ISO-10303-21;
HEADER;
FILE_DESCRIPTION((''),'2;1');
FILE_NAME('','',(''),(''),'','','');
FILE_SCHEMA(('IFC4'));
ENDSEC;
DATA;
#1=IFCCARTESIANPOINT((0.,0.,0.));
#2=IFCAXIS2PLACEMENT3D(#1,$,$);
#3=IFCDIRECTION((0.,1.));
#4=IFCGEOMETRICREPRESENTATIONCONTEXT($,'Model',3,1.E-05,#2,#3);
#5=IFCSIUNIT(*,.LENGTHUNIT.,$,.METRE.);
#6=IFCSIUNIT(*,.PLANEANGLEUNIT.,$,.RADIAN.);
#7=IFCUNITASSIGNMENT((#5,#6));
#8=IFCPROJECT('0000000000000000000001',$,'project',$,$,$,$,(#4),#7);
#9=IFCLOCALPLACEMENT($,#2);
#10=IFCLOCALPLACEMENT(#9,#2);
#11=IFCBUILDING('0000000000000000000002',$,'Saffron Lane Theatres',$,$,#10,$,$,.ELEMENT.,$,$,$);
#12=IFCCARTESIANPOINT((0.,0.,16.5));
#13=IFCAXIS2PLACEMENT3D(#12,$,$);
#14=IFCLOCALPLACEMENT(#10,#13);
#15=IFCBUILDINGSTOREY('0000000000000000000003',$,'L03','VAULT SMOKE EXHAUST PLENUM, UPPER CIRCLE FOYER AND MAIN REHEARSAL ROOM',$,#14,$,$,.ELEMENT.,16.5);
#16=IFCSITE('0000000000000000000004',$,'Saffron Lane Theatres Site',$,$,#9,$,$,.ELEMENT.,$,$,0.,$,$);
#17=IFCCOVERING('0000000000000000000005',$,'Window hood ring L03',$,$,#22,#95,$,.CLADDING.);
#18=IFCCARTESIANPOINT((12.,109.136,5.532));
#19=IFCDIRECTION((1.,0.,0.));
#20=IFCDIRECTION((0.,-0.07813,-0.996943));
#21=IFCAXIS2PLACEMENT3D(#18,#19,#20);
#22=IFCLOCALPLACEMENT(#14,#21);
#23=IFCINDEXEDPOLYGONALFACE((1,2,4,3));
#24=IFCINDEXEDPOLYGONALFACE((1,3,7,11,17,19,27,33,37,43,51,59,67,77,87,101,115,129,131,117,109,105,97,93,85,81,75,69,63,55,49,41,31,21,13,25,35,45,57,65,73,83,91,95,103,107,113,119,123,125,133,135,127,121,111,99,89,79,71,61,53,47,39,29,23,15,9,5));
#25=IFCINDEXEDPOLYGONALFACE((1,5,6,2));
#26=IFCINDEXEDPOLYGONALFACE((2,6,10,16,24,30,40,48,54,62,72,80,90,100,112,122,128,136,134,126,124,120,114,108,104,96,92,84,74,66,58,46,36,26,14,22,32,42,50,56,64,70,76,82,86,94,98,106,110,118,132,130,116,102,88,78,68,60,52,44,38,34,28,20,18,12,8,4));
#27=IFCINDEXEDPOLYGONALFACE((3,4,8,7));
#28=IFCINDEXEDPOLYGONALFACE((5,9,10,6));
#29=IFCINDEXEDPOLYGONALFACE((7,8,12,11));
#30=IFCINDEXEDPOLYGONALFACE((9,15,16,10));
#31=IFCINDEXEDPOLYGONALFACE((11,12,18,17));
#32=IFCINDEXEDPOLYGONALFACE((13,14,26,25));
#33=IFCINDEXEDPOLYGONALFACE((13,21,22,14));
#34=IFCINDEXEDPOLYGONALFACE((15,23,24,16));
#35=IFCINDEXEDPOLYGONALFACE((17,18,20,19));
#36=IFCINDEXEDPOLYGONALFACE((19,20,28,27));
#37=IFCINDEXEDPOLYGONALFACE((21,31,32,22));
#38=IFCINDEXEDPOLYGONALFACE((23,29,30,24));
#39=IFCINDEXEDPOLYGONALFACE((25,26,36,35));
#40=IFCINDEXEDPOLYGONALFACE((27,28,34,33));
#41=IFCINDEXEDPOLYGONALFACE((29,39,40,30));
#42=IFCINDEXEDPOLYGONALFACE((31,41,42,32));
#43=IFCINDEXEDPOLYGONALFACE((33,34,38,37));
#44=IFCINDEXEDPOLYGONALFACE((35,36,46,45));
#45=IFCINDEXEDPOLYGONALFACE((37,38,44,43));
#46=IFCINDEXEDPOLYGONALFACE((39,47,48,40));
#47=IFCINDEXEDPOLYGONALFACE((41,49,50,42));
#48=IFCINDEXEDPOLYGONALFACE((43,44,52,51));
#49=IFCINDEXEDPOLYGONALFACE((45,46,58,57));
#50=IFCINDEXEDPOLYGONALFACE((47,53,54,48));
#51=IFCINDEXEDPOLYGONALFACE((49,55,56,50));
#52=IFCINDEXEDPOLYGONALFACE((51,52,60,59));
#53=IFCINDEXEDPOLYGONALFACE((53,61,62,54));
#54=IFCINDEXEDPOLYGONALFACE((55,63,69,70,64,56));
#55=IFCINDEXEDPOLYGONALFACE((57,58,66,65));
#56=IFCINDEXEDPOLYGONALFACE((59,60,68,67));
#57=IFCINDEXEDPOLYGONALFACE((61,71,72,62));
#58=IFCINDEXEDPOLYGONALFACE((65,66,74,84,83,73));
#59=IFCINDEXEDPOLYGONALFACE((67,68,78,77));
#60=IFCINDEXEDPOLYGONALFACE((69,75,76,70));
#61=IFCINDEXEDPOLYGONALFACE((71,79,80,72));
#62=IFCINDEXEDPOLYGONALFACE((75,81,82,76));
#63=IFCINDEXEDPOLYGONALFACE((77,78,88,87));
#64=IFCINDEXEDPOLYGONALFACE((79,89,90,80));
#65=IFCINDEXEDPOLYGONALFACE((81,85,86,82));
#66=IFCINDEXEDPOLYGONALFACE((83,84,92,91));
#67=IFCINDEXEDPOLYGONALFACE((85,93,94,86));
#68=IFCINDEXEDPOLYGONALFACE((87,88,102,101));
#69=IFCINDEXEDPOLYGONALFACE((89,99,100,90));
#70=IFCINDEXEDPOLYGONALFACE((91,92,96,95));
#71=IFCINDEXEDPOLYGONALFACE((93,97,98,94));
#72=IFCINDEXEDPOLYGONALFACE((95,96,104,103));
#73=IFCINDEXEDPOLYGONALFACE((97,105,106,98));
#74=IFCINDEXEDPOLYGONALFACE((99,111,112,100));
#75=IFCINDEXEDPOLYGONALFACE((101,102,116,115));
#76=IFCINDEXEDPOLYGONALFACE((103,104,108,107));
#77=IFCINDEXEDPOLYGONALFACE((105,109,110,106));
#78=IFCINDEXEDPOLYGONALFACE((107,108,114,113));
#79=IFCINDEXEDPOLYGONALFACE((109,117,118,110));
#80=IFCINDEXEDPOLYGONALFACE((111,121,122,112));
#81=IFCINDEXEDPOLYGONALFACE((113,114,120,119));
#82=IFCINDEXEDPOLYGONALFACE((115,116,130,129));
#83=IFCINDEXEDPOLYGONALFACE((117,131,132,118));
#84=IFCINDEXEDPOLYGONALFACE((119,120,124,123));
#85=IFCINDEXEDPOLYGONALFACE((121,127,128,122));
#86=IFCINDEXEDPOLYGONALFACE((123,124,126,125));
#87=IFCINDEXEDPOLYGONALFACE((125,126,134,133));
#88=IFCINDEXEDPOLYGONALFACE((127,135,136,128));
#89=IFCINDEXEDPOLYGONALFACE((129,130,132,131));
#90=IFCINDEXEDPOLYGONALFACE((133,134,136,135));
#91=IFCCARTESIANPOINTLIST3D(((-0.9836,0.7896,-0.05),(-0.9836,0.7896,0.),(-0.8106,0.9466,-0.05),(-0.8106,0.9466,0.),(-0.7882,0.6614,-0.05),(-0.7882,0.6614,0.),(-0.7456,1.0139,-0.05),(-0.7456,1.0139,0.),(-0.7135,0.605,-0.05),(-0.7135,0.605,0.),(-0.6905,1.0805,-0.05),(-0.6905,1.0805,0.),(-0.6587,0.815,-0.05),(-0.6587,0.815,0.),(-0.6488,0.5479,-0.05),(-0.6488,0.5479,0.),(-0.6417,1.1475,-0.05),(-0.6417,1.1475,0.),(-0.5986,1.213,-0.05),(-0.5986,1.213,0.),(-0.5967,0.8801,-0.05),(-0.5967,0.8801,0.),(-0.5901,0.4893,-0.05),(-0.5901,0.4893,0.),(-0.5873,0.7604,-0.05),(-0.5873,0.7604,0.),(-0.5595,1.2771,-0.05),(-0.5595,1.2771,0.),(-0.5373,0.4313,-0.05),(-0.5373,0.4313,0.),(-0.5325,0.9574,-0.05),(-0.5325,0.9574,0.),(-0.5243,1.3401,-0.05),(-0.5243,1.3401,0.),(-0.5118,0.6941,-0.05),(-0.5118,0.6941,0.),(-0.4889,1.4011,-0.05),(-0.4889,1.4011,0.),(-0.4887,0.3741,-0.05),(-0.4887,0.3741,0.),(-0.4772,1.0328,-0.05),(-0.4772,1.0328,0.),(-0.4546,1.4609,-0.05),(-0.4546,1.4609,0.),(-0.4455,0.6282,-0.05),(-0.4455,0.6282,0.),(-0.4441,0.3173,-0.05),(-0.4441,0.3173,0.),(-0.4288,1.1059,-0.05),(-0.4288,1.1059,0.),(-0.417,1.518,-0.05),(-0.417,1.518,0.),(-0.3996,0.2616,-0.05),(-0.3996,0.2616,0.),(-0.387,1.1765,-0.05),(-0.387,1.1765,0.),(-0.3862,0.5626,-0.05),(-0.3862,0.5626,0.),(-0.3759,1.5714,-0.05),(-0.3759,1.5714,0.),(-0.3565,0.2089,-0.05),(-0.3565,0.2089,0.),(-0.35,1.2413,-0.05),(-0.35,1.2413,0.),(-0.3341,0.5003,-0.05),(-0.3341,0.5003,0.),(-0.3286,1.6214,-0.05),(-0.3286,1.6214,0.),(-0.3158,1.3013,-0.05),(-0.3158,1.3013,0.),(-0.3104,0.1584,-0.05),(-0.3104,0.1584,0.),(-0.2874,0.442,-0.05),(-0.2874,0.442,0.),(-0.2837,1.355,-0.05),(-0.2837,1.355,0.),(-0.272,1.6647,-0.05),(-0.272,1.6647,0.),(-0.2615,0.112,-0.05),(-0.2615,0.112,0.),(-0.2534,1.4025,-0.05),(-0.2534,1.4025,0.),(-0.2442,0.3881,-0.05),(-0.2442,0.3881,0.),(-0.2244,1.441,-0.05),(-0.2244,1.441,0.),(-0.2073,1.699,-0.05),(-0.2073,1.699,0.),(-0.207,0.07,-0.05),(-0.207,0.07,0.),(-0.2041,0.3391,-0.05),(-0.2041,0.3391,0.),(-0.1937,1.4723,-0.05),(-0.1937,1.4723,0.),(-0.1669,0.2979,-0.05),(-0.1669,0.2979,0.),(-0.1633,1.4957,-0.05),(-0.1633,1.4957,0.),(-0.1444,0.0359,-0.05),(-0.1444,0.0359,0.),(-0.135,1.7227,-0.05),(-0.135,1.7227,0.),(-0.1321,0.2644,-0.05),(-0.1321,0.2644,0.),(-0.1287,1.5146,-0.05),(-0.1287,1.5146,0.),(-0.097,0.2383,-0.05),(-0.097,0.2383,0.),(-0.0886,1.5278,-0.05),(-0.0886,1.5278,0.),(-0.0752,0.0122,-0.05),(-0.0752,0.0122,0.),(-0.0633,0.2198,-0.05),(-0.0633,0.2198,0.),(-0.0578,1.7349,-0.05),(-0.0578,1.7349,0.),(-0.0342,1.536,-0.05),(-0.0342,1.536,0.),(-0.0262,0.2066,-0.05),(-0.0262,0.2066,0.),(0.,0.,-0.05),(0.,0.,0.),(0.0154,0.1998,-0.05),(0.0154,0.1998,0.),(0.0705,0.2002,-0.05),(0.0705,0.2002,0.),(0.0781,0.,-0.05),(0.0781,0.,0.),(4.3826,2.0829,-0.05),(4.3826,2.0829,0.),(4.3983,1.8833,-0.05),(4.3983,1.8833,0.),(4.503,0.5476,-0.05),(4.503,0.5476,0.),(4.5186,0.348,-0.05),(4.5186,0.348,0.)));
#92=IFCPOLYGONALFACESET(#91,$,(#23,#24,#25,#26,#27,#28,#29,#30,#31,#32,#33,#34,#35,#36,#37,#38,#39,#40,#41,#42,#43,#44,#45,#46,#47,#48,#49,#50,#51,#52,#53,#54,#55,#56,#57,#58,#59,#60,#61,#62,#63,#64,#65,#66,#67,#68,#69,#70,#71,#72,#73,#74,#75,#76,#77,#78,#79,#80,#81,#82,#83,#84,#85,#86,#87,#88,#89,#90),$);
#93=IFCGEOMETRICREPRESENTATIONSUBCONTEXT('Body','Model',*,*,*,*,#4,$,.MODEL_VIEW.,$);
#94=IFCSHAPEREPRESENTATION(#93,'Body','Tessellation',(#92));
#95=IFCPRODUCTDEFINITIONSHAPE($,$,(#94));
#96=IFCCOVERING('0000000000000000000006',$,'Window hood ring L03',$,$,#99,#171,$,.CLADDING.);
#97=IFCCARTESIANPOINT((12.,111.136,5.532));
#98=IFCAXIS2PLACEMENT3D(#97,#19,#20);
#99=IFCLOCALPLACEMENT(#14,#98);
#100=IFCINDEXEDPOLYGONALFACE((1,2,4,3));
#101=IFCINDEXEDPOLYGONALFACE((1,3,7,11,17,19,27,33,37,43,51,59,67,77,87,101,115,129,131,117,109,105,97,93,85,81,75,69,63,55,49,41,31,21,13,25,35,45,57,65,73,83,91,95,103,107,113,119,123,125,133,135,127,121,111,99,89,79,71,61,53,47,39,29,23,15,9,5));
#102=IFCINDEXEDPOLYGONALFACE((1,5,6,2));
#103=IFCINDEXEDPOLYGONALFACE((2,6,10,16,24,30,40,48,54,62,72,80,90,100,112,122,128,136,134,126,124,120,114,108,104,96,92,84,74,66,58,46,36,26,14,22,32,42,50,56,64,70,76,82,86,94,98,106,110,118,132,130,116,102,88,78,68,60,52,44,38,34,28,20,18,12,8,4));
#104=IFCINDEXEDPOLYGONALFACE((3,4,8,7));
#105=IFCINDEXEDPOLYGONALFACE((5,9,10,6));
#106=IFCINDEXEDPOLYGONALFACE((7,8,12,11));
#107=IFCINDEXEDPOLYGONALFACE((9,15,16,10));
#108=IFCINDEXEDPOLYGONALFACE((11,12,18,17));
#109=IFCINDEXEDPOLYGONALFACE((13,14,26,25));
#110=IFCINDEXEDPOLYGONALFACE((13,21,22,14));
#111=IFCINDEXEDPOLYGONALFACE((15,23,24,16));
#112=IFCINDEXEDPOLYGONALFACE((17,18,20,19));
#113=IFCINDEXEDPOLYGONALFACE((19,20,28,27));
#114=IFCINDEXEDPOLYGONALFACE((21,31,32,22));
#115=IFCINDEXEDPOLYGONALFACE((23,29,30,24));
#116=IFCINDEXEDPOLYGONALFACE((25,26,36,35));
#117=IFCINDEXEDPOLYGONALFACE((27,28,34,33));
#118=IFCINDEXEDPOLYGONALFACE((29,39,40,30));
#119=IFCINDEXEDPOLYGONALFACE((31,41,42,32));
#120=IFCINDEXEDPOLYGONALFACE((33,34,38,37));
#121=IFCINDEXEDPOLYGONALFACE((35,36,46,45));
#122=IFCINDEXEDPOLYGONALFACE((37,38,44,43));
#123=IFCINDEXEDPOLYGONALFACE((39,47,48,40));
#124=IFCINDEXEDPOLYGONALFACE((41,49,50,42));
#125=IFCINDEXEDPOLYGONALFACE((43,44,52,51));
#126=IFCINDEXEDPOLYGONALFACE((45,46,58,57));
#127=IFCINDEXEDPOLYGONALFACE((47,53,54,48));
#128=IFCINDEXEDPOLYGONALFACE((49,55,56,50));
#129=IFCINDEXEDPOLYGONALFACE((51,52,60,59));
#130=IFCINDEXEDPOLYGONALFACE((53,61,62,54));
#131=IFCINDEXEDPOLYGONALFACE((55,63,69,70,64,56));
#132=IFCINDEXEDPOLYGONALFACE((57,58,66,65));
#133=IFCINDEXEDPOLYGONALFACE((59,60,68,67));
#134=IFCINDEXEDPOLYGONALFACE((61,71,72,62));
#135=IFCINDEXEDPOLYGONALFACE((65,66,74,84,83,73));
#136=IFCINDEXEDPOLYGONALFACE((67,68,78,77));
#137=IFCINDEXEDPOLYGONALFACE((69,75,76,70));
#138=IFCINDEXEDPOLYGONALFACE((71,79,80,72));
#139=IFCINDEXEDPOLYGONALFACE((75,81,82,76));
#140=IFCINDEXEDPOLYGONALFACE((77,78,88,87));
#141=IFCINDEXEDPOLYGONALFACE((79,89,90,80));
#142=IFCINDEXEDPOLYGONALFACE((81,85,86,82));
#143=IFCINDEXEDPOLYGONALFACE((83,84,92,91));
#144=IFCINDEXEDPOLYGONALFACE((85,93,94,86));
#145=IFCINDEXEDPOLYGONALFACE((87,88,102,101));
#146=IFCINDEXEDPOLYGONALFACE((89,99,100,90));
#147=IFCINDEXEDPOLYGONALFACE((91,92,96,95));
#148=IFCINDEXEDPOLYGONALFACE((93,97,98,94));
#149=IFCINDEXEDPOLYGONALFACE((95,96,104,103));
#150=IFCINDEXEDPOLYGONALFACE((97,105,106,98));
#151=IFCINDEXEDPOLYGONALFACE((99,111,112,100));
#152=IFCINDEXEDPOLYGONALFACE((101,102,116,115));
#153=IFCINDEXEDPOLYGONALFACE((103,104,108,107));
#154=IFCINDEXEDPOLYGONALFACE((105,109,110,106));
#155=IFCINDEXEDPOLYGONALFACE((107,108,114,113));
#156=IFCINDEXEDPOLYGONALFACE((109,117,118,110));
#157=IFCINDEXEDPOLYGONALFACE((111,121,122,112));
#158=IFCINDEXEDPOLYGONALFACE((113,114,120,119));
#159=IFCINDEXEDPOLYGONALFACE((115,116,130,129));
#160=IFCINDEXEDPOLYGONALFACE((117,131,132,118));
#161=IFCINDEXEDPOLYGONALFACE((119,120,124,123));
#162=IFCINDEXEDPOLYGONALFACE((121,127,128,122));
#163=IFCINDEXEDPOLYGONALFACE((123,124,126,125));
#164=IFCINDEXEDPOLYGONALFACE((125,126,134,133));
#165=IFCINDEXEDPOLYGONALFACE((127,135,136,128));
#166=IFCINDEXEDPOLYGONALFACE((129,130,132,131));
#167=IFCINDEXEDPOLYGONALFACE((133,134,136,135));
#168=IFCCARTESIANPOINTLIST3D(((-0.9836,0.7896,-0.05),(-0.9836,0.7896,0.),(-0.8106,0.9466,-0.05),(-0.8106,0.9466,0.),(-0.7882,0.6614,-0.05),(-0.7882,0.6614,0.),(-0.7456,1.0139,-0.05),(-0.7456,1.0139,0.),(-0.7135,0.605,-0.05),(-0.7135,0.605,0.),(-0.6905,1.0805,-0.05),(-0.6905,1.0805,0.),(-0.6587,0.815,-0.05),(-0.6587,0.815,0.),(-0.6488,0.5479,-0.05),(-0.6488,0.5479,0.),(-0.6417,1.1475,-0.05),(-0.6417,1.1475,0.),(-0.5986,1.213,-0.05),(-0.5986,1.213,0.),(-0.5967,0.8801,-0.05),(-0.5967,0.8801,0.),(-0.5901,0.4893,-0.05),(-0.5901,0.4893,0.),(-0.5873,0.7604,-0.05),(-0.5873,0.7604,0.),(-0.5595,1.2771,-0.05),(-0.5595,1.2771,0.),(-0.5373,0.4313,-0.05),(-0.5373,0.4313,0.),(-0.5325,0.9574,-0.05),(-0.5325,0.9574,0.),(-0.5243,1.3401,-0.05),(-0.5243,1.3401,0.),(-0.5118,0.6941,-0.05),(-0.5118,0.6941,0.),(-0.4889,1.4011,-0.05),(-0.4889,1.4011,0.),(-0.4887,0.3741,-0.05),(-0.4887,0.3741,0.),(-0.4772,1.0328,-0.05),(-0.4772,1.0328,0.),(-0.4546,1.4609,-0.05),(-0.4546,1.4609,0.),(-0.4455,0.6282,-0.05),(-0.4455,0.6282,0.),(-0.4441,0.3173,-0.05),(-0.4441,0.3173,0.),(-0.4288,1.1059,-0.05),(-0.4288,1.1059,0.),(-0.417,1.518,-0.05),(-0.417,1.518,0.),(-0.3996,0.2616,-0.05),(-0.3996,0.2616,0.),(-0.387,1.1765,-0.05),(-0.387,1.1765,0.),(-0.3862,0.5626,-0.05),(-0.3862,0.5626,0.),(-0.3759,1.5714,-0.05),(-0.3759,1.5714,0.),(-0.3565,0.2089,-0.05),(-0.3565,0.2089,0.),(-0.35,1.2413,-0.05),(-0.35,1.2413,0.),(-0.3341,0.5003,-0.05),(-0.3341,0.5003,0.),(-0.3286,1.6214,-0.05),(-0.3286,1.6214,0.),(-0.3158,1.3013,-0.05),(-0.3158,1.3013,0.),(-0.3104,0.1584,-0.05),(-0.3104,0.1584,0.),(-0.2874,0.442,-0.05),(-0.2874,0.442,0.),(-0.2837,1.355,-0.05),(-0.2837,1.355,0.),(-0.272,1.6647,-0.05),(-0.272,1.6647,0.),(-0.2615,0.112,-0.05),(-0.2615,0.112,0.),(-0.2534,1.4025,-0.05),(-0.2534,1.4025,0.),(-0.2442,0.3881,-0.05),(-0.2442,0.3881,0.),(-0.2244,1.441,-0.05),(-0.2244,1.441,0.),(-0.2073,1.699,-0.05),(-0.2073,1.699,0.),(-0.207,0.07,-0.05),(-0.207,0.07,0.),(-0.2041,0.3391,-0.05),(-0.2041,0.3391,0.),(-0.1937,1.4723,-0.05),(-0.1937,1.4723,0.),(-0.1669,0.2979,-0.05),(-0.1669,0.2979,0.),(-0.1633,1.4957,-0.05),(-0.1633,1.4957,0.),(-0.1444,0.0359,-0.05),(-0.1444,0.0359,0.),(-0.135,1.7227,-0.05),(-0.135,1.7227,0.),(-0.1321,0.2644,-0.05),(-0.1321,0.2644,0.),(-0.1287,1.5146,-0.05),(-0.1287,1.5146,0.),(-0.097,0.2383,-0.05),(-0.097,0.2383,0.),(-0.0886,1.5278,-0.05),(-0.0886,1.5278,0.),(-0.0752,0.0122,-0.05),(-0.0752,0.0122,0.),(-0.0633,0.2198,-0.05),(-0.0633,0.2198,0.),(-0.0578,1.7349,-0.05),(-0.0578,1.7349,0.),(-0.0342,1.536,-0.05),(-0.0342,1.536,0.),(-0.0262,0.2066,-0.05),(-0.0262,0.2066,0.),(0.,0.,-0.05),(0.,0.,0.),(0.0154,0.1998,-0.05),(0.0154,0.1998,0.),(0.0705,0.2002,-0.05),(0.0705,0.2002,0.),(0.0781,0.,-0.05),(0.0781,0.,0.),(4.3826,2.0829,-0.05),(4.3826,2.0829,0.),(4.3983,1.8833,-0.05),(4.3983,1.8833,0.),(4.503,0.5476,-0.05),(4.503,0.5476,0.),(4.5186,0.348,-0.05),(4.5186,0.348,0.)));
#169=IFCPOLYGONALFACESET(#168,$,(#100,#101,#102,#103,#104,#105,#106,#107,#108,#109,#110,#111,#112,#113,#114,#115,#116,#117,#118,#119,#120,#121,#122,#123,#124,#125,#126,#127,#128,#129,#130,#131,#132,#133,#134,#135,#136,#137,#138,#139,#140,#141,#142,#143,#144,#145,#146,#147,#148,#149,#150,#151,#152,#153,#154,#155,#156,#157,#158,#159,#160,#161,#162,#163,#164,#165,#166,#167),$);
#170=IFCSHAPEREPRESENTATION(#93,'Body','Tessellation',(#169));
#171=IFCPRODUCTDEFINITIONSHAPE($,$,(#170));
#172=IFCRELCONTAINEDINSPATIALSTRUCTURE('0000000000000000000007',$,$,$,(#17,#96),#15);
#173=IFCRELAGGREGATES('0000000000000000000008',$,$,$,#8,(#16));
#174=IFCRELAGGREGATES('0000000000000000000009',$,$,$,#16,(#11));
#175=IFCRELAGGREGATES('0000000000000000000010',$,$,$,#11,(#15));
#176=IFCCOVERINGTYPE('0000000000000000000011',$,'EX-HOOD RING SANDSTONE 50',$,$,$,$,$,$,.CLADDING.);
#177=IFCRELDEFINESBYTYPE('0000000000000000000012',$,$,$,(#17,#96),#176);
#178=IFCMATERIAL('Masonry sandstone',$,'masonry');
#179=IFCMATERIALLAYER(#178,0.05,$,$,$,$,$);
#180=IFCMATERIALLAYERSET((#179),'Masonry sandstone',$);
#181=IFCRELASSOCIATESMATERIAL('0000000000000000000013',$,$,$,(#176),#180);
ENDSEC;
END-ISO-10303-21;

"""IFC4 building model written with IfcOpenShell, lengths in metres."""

from ifc_helpers import new_model, si_unit, direction, frame, origin, place, context, subcontext, project, spatial, polyline, outline, extrude, material, layer, layer_set, type_object, element, save


model = new_model("IFC4")

# Units and contexts
model_context = context("Model", 3, precision=1e-05, world=origin(), true_north=direction((0.0, 1.0)))
body_context = subcontext(model_context, "Body", "Model", "MODEL_VIEW")
ifc_project = project(units=[si_unit("LENGTHUNIT", "METRE"), si_unit("PLANEANGLEUNIT", "RADIAN")], contexts=[model_context])

# Site, building, storey
site_placement = place(None, origin())
site = spatial("IfcSite", under=ifc_project, at=site_placement, Name="Saffron Lane Theatres Site", CompositionType="ELEMENT", RefElevation=0.0)
building_placement = place(site_placement, origin())
building = spatial("IfcBuilding", under=site, at=building_placement, Name="Saffron Lane Theatres", CompositionType="ELEMENT")
storey_placement = place(building_placement, frame((0.0, 0.0, 16.5)))
storey = spatial("IfcBuildingStorey", under=building, at=storey_placement, Name="L03", Description="VAULT SMOKE EXHAUST PLENUM, UPPER CIRCLE FOYER AND MAIN REHEARSAL ROOM", CompositionType="ELEMENT", Elevation=16.5)

# Coverings
ifc_material_1 = material(Name="Masonry sandstone", Category="masonry")
ifc_layer_1 = layer(ifc_material_1, 0.05)
ifc_layer_set_1 = layer_set([ifc_layer_1], Name="Masonry sandstone")
covering_type_1 = type_object("IfcCoveringType", Name="EX-HOOD RING SANDSTONE 50", PredefinedType="CLADDING", material=ifc_layer_set_1)
covering_1_placement = place(storey_placement, frame((12.0, 109.136, 5.532), z_axis=(1.0, 0.0, 0.0), x_axis=(0.0, -0.07813, -0.996943)))
element("IfcCovering", 1, at=covering_1_placement, inside=storey, type_object=covering_type_1, Name="Window hood ring L03", PredefinedType="CLADDING", context=body_context, shape_type="SweptSolid", body=[
    extrude(outline(polyline([(0.0, 0.0), (0.0781, 0.0), (4.5186, 0.348), (4.503, 0.5476), (0.0705, 0.2002), (0.0154, 0.1998), (-0.0262, 0.2066), (-0.0633, 0.2198), (-0.097, 0.2383), (-0.1321, 0.2644), (-0.1669, 0.2979), (-0.2041, 0.3391), (-0.2442, 0.3881), (-0.2874, 0.442), (-0.3341, 0.5003), (-0.3862, 0.5626), (-0.4455, 0.6282), (-0.5118, 0.6941), (-0.5873, 0.7604), (-0.6587, 0.815), (-0.5967, 0.8801), (-0.5325, 0.9574), (-0.4772, 1.0328), (-0.4288, 1.1059), (-0.387, 1.1765), (-0.35, 1.2413), (-0.3158, 1.3013), (-0.2837, 1.355), (-0.2534, 1.4025), (-0.2244, 1.441), (-0.1937, 1.4723), (-0.1633, 1.4957), (-0.1287, 1.5146), (-0.0886, 1.5278), (-0.0342, 1.536), (4.3983, 1.8833), (4.3826, 2.0829), (-0.0578, 1.7349), (-0.135, 1.7227), (-0.2073, 1.699), (-0.272, 1.6647), (-0.3286, 1.6214), (-0.3759, 1.5714), (-0.417, 1.518), (-0.4546, 1.4609), (-0.4889, 1.4011), (-0.5243, 1.3401), (-0.5595, 1.2771), (-0.5986, 1.213), (-0.6417, 1.1475), (-0.6905, 1.0805), (-0.7456, 1.0139), (-0.8106, 0.9466), (-0.9836, 0.7896), (-0.7882, 0.6614), (-0.7135, 0.605), (-0.6488, 0.5479), (-0.5901, 0.4893), (-0.5373, 0.4313), (-0.4887, 0.3741), (-0.4441, 0.3173), (-0.3996, 0.2616), (-0.3565, 0.2089), (-0.3104, 0.1584), (-0.2615, 0.112), (-0.207, 0.07), (-0.1444, 0.0359), (-0.0752, 0.0122), (0.0, 0.0)])), origin(), (0.0, 0.0, -1.0), 0.05),
])
covering_2_placement = place(storey_placement, frame((12.0, 111.136, 5.532), z_axis=(1.0, 0.0, 0.0), x_axis=(0.0, -0.07813, -0.996943)))
element("IfcCovering", 2, at=covering_2_placement, inside=storey, type_object=covering_type_1, Name="Window hood ring L03", PredefinedType="CLADDING", context=body_context, shape_type="SweptSolid", body=[
    extrude(outline(polyline([(0.0, 0.0), (0.0781, 0.0), (4.5186, 0.348), (4.503, 0.5476), (0.0705, 0.2002), (0.0154, 0.1998), (-0.0262, 0.2066), (-0.0633, 0.2198), (-0.097, 0.2383), (-0.1321, 0.2644), (-0.1669, 0.2979), (-0.2041, 0.3391), (-0.2442, 0.3881), (-0.2874, 0.442), (-0.3341, 0.5003), (-0.3862, 0.5626), (-0.4455, 0.6282), (-0.5118, 0.6941), (-0.5873, 0.7604), (-0.6587, 0.815), (-0.5967, 0.8801), (-0.5325, 0.9574), (-0.4772, 1.0328), (-0.4288, 1.1059), (-0.387, 1.1765), (-0.35, 1.2413), (-0.3158, 1.3013), (-0.2837, 1.355), (-0.2534, 1.4025), (-0.2244, 1.441), (-0.1937, 1.4723), (-0.1633, 1.4957), (-0.1287, 1.5146), (-0.0886, 1.5278), (-0.0342, 1.536), (4.3983, 1.8833), (4.3826, 2.0829), (-0.0578, 1.7349), (-0.135, 1.7227), (-0.2073, 1.699), (-0.272, 1.6647), (-0.3286, 1.6214), (-0.3759, 1.5714), (-0.417, 1.518), (-0.4546, 1.4609), (-0.4889, 1.4011), (-0.5243, 1.3401), (-0.5595, 1.2771), (-0.5986, 1.213), (-0.6417, 1.1475), (-0.6905, 1.0805), (-0.7456, 1.0139), (-0.8106, 0.9466), (-0.9836, 0.7896), (-0.7882, 0.6614), (-0.7135, 0.605), (-0.6488, 0.5479), (-0.5901, 0.4893), (-0.5373, 0.4313), (-0.4887, 0.3741), (-0.4441, 0.3173), (-0.3996, 0.2616), (-0.3565, 0.2089), (-0.3104, 0.1584), (-0.2615, 0.112), (-0.207, 0.07), (-0.1444, 0.0359), (-0.0752, 0.0122), (0.0, 0.0)])), origin(), (0.0, 0.0, -1.0), 0.05),
])

save(model, "model.ifc")
